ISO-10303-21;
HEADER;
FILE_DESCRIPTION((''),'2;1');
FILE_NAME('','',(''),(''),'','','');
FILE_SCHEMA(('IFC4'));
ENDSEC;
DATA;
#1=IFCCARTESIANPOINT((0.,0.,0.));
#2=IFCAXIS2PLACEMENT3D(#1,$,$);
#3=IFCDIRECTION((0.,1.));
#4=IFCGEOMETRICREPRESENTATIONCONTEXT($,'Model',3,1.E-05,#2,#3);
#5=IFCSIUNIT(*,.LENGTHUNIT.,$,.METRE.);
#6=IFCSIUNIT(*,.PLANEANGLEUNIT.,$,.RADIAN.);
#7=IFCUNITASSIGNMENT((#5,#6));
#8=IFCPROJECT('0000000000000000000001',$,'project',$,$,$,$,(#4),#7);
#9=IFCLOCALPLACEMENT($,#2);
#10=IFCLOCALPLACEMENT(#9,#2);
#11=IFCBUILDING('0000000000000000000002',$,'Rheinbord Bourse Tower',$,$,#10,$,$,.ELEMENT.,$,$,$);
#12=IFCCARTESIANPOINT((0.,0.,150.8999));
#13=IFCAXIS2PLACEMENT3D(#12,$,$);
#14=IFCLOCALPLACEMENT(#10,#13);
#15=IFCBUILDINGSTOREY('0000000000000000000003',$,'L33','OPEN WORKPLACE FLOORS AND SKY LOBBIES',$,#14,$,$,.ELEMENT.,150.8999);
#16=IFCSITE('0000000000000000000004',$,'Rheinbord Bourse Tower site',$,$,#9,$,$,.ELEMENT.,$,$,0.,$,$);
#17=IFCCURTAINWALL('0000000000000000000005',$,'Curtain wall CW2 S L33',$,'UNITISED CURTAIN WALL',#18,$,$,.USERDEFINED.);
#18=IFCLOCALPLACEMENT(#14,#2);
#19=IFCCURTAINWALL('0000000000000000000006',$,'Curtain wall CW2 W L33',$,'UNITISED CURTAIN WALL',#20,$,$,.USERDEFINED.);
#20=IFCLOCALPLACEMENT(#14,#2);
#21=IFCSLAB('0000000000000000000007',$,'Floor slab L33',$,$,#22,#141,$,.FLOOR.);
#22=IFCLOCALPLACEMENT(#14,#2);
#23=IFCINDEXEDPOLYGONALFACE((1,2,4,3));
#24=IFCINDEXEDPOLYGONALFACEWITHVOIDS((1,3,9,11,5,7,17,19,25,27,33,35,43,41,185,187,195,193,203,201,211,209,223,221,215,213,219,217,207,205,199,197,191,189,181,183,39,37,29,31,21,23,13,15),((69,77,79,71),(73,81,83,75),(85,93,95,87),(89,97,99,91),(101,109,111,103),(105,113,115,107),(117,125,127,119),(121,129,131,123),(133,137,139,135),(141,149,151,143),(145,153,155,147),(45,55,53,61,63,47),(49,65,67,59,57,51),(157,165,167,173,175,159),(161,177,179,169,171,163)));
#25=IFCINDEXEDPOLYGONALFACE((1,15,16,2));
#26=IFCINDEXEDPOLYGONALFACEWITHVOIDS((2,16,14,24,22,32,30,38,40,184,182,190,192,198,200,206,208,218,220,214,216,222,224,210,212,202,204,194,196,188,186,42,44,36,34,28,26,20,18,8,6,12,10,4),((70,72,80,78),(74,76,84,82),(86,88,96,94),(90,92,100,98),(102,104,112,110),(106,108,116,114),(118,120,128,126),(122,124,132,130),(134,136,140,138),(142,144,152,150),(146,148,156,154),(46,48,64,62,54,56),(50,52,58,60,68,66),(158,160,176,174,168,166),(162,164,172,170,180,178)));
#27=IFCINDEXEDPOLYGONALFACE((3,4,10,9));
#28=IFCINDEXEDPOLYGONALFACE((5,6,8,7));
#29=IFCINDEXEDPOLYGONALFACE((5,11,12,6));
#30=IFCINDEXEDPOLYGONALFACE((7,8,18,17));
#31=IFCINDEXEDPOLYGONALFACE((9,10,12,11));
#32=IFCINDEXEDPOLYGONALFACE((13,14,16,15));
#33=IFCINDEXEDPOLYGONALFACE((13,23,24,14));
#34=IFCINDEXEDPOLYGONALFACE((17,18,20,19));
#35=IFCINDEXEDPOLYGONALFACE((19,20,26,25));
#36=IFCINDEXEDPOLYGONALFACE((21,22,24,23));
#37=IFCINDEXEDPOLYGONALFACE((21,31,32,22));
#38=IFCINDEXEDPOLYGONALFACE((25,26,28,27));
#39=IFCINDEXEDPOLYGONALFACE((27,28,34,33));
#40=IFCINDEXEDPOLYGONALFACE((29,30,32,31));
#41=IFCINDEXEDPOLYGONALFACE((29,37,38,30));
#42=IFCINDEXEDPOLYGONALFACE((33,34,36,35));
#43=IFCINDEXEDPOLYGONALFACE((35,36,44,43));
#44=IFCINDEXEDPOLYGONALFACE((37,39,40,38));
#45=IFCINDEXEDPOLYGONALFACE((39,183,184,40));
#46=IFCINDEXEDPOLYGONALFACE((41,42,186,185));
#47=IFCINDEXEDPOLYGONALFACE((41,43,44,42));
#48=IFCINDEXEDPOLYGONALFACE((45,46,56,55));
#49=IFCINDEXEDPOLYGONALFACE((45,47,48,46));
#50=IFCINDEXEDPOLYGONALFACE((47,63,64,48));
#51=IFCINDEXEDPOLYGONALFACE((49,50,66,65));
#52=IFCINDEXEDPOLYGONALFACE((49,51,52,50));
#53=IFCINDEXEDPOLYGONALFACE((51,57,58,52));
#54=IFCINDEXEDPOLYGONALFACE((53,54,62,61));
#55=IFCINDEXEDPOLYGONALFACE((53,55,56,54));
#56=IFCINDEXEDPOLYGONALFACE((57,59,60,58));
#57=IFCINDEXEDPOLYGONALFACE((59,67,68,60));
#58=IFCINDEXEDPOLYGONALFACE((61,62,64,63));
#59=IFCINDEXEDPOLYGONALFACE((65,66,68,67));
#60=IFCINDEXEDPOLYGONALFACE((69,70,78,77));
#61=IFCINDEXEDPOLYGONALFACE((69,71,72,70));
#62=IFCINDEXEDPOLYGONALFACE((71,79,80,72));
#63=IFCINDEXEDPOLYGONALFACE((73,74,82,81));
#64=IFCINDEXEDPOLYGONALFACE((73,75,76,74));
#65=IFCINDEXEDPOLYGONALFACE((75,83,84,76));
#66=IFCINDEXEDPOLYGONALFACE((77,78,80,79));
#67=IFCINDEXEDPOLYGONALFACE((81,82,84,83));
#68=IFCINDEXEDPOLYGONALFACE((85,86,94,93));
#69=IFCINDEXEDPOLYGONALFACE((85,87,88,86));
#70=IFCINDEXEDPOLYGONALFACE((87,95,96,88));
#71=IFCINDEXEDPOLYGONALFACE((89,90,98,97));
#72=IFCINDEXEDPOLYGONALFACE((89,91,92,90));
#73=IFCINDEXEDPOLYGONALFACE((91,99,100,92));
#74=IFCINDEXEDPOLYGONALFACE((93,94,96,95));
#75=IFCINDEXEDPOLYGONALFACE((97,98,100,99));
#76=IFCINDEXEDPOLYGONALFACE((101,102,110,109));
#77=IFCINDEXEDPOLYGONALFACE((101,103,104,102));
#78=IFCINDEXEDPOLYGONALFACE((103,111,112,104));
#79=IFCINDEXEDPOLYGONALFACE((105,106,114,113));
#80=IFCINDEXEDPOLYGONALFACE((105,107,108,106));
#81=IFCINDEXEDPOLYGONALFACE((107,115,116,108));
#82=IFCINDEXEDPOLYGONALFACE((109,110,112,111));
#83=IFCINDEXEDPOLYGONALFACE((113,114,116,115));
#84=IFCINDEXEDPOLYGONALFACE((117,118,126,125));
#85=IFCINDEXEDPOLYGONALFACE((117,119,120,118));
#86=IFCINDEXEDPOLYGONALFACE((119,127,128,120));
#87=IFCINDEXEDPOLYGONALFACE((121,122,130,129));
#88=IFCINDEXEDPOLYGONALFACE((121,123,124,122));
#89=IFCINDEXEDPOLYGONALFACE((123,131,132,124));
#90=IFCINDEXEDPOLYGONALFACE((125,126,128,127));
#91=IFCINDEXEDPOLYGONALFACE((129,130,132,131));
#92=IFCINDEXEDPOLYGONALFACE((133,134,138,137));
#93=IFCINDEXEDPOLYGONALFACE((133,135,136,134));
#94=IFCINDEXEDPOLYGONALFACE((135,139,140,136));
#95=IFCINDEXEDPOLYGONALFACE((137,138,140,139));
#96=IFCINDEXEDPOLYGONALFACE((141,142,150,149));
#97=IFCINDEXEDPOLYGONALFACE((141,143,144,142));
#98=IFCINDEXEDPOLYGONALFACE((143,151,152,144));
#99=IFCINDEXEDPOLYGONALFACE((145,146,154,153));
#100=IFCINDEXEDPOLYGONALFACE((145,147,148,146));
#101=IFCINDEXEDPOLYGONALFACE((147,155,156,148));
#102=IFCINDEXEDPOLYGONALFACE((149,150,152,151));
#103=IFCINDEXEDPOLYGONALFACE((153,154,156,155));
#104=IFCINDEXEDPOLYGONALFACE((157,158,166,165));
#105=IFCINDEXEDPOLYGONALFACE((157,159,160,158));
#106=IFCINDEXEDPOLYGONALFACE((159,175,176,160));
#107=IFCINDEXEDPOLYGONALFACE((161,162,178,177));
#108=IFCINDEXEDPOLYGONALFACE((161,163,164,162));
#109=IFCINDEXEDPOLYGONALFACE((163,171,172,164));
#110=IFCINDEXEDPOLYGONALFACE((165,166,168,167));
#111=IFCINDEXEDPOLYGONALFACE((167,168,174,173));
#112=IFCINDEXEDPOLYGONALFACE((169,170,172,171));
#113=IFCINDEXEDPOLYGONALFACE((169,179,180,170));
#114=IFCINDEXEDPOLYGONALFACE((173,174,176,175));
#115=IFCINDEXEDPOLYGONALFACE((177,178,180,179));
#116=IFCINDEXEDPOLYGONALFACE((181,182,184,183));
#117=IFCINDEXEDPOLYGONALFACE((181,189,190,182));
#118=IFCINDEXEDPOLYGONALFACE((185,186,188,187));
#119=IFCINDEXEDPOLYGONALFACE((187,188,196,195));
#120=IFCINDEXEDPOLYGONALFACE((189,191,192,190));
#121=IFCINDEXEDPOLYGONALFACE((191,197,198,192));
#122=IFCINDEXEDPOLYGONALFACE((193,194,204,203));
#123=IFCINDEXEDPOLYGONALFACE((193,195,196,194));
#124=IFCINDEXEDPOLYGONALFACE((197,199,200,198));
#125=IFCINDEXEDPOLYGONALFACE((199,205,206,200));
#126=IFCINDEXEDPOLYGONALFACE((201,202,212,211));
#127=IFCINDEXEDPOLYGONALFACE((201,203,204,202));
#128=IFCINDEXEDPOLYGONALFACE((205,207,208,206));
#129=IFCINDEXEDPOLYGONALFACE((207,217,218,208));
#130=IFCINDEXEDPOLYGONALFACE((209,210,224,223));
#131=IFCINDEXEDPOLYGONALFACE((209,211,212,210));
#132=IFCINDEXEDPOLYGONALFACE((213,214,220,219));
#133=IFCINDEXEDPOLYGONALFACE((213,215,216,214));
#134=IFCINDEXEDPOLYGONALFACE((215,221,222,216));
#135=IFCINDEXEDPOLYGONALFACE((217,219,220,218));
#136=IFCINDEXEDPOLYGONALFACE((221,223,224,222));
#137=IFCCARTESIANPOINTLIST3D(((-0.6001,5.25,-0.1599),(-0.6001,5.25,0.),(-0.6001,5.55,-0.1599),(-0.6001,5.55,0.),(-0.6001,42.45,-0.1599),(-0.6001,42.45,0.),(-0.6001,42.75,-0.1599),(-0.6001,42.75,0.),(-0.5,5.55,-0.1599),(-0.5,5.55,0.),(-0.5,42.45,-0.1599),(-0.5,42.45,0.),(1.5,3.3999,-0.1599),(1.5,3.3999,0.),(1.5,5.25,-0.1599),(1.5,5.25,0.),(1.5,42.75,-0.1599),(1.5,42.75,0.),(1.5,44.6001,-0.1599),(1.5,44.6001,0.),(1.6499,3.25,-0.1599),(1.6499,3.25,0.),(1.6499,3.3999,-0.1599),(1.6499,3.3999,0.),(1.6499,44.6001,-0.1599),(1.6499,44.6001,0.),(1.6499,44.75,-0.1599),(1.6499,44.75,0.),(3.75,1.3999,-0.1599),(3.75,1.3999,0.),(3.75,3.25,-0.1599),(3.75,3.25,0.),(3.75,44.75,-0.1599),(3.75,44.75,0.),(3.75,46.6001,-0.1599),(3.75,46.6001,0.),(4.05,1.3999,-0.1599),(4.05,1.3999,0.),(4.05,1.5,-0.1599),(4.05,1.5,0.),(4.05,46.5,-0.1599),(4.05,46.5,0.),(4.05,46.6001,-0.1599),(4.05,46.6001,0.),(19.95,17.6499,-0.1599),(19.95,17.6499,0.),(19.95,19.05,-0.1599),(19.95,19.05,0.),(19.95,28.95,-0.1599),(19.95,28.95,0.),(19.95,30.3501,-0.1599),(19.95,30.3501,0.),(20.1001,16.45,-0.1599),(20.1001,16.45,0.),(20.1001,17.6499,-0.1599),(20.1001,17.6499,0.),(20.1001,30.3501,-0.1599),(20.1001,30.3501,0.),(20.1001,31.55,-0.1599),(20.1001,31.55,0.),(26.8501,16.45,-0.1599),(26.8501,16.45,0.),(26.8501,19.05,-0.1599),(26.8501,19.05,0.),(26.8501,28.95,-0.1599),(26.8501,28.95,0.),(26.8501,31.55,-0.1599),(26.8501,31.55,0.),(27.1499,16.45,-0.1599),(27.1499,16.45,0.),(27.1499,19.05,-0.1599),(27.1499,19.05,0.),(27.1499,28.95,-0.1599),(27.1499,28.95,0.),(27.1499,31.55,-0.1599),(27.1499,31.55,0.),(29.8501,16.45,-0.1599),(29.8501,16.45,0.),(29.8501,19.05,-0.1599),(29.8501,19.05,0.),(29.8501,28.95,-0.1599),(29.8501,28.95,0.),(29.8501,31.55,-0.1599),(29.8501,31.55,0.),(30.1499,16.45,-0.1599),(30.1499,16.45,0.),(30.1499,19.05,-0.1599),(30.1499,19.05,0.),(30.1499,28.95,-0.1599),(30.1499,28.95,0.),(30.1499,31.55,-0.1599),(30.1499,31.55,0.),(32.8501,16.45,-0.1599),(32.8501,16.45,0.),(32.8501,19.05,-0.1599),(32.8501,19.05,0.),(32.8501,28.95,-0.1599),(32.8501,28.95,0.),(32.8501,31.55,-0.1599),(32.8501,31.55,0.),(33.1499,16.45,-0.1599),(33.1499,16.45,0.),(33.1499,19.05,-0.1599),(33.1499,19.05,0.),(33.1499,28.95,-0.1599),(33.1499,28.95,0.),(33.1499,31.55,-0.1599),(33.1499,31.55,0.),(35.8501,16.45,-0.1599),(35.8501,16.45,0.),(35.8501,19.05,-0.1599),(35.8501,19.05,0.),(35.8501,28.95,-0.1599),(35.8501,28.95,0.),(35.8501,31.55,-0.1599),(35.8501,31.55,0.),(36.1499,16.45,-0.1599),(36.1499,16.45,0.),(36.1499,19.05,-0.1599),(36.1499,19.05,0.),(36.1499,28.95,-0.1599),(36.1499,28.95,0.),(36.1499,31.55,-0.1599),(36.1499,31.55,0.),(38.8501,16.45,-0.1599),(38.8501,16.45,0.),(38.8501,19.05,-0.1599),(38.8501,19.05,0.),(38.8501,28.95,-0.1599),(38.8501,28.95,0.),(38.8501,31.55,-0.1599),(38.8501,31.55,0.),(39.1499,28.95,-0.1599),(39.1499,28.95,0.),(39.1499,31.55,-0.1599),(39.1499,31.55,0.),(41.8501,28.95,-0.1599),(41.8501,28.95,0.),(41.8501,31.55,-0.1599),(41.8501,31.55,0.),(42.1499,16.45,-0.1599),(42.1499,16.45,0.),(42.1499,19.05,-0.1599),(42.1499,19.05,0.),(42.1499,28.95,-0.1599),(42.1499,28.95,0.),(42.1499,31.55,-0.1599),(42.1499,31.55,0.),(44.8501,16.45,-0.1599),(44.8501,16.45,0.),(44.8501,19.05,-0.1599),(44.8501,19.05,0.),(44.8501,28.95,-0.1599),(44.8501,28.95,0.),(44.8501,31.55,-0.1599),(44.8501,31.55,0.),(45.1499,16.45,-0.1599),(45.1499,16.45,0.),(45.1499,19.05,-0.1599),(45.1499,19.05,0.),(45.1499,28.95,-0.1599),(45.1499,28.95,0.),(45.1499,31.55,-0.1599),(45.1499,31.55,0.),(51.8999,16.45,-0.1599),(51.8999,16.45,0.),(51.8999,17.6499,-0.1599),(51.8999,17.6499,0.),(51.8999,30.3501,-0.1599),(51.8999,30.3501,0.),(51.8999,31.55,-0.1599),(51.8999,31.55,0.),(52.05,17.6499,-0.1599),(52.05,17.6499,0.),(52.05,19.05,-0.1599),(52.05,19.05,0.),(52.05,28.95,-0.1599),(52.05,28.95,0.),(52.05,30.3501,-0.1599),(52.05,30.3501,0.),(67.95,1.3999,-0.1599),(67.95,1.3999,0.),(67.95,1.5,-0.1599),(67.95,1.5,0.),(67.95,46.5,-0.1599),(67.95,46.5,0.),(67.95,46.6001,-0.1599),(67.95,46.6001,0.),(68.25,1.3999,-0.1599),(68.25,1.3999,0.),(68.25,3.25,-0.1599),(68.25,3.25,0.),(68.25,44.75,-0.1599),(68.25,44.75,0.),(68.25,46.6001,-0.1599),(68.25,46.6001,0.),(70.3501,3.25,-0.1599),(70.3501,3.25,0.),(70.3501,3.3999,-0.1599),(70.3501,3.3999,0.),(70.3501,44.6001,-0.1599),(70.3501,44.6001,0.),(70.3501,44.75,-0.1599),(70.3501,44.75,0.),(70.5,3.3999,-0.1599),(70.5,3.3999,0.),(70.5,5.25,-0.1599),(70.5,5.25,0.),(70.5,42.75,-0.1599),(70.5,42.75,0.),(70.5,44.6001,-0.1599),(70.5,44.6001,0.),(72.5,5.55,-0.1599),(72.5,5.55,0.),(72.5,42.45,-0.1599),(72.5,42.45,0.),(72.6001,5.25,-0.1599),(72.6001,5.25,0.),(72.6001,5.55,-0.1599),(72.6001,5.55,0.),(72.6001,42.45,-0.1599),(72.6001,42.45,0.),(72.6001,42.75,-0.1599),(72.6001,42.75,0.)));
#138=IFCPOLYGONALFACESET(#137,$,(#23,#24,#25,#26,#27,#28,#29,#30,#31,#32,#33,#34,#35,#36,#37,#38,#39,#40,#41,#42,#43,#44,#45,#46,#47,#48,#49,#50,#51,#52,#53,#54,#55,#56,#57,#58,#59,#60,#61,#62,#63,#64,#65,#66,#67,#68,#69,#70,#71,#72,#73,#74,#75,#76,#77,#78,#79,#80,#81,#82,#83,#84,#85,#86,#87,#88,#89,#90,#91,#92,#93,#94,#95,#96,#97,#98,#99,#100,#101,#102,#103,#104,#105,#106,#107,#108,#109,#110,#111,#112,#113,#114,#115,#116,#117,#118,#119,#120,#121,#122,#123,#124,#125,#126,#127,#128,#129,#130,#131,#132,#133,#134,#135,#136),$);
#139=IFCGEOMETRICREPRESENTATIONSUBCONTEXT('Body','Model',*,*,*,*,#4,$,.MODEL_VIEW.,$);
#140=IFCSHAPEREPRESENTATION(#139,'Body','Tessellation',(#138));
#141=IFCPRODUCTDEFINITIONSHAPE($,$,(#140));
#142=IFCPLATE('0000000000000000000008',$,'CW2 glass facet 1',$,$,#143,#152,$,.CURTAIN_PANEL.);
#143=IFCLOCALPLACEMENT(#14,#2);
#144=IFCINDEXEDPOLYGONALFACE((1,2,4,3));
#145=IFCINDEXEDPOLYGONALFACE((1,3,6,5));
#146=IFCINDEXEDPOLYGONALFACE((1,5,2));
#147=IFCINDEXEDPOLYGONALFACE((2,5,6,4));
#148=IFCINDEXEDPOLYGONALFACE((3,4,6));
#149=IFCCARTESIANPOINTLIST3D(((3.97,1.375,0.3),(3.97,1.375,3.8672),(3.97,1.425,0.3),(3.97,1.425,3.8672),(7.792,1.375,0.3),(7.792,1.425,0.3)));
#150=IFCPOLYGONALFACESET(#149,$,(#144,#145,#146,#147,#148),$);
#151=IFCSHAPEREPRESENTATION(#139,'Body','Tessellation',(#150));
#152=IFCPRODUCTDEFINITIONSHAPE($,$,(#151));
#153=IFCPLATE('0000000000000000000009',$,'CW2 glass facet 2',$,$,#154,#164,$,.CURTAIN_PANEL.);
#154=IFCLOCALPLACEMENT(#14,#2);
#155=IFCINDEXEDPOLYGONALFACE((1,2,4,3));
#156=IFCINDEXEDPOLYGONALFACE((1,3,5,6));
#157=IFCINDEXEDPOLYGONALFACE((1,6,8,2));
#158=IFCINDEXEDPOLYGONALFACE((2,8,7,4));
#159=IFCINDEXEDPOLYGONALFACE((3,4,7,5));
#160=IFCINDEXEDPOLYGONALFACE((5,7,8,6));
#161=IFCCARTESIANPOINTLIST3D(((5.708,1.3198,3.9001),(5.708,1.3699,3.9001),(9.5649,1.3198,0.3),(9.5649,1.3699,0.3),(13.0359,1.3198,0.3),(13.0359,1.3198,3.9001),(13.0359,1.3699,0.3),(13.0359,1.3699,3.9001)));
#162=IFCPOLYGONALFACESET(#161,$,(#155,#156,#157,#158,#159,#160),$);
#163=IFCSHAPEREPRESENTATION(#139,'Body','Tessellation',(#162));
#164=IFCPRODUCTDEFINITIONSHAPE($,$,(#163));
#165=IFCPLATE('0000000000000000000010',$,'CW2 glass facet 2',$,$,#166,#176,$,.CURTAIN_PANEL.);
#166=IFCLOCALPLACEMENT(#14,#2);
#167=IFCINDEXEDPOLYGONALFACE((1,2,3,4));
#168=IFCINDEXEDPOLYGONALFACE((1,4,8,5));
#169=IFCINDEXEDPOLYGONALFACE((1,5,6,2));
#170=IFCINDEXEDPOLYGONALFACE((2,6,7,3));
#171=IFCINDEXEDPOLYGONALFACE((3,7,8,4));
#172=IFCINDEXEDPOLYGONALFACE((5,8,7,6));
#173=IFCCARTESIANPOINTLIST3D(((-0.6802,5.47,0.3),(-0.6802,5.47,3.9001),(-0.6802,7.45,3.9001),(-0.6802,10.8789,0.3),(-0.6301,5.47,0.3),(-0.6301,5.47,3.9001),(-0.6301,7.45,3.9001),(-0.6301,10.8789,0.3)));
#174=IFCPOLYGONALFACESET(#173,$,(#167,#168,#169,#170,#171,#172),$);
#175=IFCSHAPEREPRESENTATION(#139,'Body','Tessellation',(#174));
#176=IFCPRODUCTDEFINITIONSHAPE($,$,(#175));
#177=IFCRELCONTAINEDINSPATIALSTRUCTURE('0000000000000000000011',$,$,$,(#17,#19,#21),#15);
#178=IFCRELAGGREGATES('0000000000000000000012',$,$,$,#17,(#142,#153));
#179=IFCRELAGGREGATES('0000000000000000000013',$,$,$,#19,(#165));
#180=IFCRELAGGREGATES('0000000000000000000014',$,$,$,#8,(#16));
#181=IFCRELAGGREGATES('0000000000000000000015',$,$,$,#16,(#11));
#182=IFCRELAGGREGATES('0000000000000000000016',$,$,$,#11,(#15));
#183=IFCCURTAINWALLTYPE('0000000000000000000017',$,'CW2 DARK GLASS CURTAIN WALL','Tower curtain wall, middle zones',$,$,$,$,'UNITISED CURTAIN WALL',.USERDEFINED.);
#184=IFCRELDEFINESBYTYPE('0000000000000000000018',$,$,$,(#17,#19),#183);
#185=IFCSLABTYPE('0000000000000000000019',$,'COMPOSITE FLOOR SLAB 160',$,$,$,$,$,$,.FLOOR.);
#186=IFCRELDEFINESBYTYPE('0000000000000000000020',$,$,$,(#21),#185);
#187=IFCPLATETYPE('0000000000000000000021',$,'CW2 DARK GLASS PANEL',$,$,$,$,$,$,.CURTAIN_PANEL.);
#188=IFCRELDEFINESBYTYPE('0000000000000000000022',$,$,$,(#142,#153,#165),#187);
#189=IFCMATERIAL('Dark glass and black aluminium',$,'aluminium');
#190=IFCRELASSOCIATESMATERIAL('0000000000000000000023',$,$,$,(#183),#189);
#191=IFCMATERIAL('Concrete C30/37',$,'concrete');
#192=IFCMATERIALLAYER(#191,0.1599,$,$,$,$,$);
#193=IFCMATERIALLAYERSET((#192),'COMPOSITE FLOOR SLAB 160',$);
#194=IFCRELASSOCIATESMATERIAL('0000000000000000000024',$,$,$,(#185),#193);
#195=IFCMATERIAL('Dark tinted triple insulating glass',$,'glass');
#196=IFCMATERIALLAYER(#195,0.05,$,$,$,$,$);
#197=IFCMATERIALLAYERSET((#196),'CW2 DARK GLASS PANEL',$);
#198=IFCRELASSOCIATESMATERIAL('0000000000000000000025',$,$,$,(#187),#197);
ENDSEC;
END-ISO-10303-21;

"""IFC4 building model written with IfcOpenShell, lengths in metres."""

from ifc_helpers import new_model, si_unit, direction, frame, origin, place, context, subcontext, project, spatial, polyline, outline, extrude, material, layer, layer_set, type_object, element, aggregate, save


model = new_model("IFC4")

# Units and contexts
model_context = context("Model", 3, precision=1e-05, world=origin(), true_north=direction((0.0, 1.0)))
body_context = subcontext(model_context, "Body", "Model", "MODEL_VIEW")
ifc_project = project(units=[si_unit("LENGTHUNIT", "METRE"), si_unit("PLANEANGLEUNIT", "RADIAN")], contexts=[model_context])

# Site, building, storey
site_placement = place(None, origin())
site = spatial("IfcSite", under=ifc_project, at=site_placement, Name="Rheinbord Bourse Tower site", CompositionType="ELEMENT", RefElevation=0.0)
building_placement = place(site_placement, origin())
building = spatial("IfcBuilding", under=site, at=building_placement, Name="Rheinbord Bourse Tower", CompositionType="ELEMENT")
storey_placement = place(building_placement, frame((0.0, 0.0, 150.8999)))
storey = spatial("IfcBuildingStorey", under=building, at=storey_placement, Name="L33", Description="OPEN WORKPLACE FLOORS AND SKY LOBBIES", CompositionType="ELEMENT", Elevation=150.8999)

# Curtain wall
ifc_material_1 = material(Name="Dark glass and black aluminium", Category="aluminium")
curtain_wall_type = type_object("IfcCurtainWallType", Name="CW2 DARK GLASS CURTAIN WALL", Description="Tower curtain wall, middle zones", ElementType="UNITISED CURTAIN WALL", PredefinedType="USERDEFINED", material=ifc_material_1)
curtain_wall_1_placement = place(storey_placement, origin())
curtain_wall_1 = element("IfcCurtainWall", 1, at=curtain_wall_1_placement, inside=storey, type_object=curtain_wall_type, Name="Curtain wall CW2 S L33", ObjectType="UNITISED CURTAIN WALL", PredefinedType="USERDEFINED")

# Curtain wall
curtain_wall_2_placement = place(storey_placement, origin())
curtain_wall_2 = element("IfcCurtainWall", 2, at=curtain_wall_2_placement, inside=storey, type_object=curtain_wall_type, Name="Curtain wall CW2 W L33", ObjectType="UNITISED CURTAIN WALL", PredefinedType="USERDEFINED")

# Slab
ifc_material_2 = material(Name="Concrete C30/37", Category="concrete")
ifc_layer_1 = layer(ifc_material_2, 0.1599)
ifc_layer_set_1 = layer_set([ifc_layer_1], Name="COMPOSITE FLOOR SLAB 160")
slab_type_1 = type_object("IfcSlabType", Name="COMPOSITE FLOOR SLAB 160", PredefinedType="FLOOR", material=ifc_layer_set_1)
slab_1_placement = place(storey_placement, frame((0.0, 0.0, -0.1599)))
element("IfcSlab", 3, at=slab_1_placement, inside=storey, type_object=slab_type_1, Name="Floor slab L33", PredefinedType="FLOOR", context=body_context, shape_type="SweptSolid", body=[
    extrude(outline(polyline([(1.6499, 3.3999), (1.5, 3.3999), (1.5, 5.25), (-0.6001, 5.25), (-0.6001, 5.55), (-0.5, 5.55), (-0.5, 42.45), (-0.6001, 42.45), (-0.6001, 42.75), (1.5, 42.75), (1.5, 44.6001), (1.6499, 44.6001), (1.6499, 44.75), (3.75, 44.75), (3.75, 46.6001), (4.05, 46.6001), (4.05, 46.5), (67.95, 46.5), (67.95, 46.6001), (68.25, 46.6001), (68.25, 44.75), (70.3501, 44.75), (70.3501, 44.6001), (70.5, 44.6001), (70.5, 42.75), (72.6001, 42.75), (72.6001, 42.45), (72.5, 42.45), (72.5, 5.55), (72.6001, 5.55), (72.6001, 5.25), (70.5, 5.25), (70.5, 3.3999), (70.3501, 3.3999), (70.3501, 3.25), (68.25, 3.25), (68.25, 1.3999), (67.95, 1.3999), (67.95, 1.5), (4.05, 1.5), (4.05, 1.3999), (3.75, 1.3999), (3.75, 3.25), (1.6499, 3.25), (1.6499, 3.3999)]), holes=[polyline([(19.95, 19.05), (26.8501, 19.05), (26.8501, 16.45), (20.1001, 16.45), (20.1001, 17.6499), (19.95, 17.6499), (19.95, 19.05)]), polyline([(26.8501, 31.55), (26.8501, 28.95), (19.95, 28.95), (19.95, 30.3501), (20.1001, 30.3501), (20.1001, 31.55), (26.8501, 31.55)]), polyline([(45.1499, 16.45), (45.1499, 19.05), (52.05, 19.05), (52.05, 17.6499), (51.8999, 17.6499), (51.8999, 16.45), (45.1499, 16.45)]), polyline([(52.05, 28.95), (45.1499, 28.95), (45.1499, 31.55), (51.8999, 31.55), (51.8999, 30.3501), (52.05, 30.3501), (52.05, 28.95)]), polyline([(27.1499, 16.45), (27.1499, 19.05), (29.8501, 19.05), (29.8501, 16.45), (27.1499, 16.45)]), polyline([(27.1499, 28.95), (27.1499, 31.55), (29.8501, 31.55), (29.8501, 28.95), (27.1499, 28.95)]), polyline([(30.1499, 16.45), (30.1499, 19.05), (32.8501, 19.05), (32.8501, 16.45), (30.1499, 16.45)]), polyline([(30.1499, 28.95), (30.1499, 31.55), (32.8501, 31.55), (32.8501, 28.95), (30.1499, 28.95)]), polyline([(33.1499, 16.45), (33.1499, 19.05), (35.8501, 19.05), (35.8501, 16.45), (33.1499, 16.45)]), polyline([(33.1499, 28.95), (33.1499, 31.55), (35.8501, 31.55), (35.8501, 28.95), (33.1499, 28.95)]), polyline([(36.1499, 16.45), (36.1499, 19.05), (38.8501, 19.05), (38.8501, 16.45), (36.1499, 16.45)]), polyline([(36.1499, 28.95), (36.1499, 31.55), (38.8501, 31.55), (38.8501, 28.95), (36.1499, 28.95)]), polyline([(39.1499, 28.95), (39.1499, 31.55), (41.8501, 31.55), (41.8501, 28.95), (39.1499, 28.95)]), polyline([(42.1499, 16.45), (42.1499, 19.05), (44.8501, 19.05), (44.8501, 16.45), (42.1499, 16.45)]), polyline([(42.1499, 28.95), (42.1499, 31.55), (44.8501, 31.55), (44.8501, 28.95), (42.1499, 28.95)])]), origin(), (0.0, 0.0, 1.0), 0.1599),
])

# Plates
ifc_material_3 = material(Name="Dark tinted triple insulating glass", Category="glass")
ifc_layer_2 = layer(ifc_material_3, 0.05)
ifc_layer_set_2 = layer_set([ifc_layer_2], Name="CW2 DARK GLASS PANEL")
plate_type = type_object("IfcPlateType", Name="CW2 DARK GLASS PANEL", PredefinedType="CURTAIN_PANEL", material=ifc_layer_set_2)
plate_1_placement = place(storey_placement, frame((3.97, 1.375, 0.3), z_axis=(0.0, 1.0, 0.0), x_axis=(0.0, 0.0, 1.0)))
plate_1 = element("IfcPlate", 4, at=plate_1_placement, type_object=plate_type, Name="CW2 glass facet 1", PredefinedType="CURTAIN_PANEL", context=body_context, shape_type="SweptSolid", body=[
    extrude(outline(polyline([(0.0, 0.0), (3.5671, 0.0), (0.0, 3.822), (0.0, 0.0)])), origin(), (0.0, 0.0, 1.0), 0.05),
])
plate_2_placement = place(storey_placement, frame((13.0359, 1.3198, 3.9001), z_axis=(0.0, 1.0, 0.0), x_axis=(0.0, 0.0, -1.0)))
plate_2 = element("IfcPlate", 5, at=plate_2_placement, type_object=plate_type, Name="CW2 glass facet 2", PredefinedType="CURTAIN_PANEL", context=body_context, shape_type="SweptSolid", body=[
    extrude(outline(polyline([(0.0, 0.0), (3.6001, 0.0), (3.6001, 3.4709), (0.0, 7.3279), (0.0, 0.0)])), origin(), (0.0, 0.0, 1.0), 0.05),
])
aggregate(curtain_wall_1, [plate_1, plate_2])
plate_3_placement = place(storey_placement, frame((-0.6802, 5.47, 3.9001), z_axis=(1.0, 0.0, 0.0), x_axis=(0.0, 0.0, -1.0)))
plate_3 = element("IfcPlate", 6, at=plate_3_placement, type_object=plate_type, Name="CW2 glass facet 2", PredefinedType="CURTAIN_PANEL", context=body_context, shape_type="SweptSolid", body=[
    extrude(outline(polyline([(0.0, 0.0), (3.6001, 0.0), (3.6001, 5.4089), (0.0, 1.98), (0.0, 0.0)])), origin(), (0.0, 0.0, 1.0), 0.05),
])
aggregate(curtain_wall_2, [plate_3])

save(model, "model.ifc")
